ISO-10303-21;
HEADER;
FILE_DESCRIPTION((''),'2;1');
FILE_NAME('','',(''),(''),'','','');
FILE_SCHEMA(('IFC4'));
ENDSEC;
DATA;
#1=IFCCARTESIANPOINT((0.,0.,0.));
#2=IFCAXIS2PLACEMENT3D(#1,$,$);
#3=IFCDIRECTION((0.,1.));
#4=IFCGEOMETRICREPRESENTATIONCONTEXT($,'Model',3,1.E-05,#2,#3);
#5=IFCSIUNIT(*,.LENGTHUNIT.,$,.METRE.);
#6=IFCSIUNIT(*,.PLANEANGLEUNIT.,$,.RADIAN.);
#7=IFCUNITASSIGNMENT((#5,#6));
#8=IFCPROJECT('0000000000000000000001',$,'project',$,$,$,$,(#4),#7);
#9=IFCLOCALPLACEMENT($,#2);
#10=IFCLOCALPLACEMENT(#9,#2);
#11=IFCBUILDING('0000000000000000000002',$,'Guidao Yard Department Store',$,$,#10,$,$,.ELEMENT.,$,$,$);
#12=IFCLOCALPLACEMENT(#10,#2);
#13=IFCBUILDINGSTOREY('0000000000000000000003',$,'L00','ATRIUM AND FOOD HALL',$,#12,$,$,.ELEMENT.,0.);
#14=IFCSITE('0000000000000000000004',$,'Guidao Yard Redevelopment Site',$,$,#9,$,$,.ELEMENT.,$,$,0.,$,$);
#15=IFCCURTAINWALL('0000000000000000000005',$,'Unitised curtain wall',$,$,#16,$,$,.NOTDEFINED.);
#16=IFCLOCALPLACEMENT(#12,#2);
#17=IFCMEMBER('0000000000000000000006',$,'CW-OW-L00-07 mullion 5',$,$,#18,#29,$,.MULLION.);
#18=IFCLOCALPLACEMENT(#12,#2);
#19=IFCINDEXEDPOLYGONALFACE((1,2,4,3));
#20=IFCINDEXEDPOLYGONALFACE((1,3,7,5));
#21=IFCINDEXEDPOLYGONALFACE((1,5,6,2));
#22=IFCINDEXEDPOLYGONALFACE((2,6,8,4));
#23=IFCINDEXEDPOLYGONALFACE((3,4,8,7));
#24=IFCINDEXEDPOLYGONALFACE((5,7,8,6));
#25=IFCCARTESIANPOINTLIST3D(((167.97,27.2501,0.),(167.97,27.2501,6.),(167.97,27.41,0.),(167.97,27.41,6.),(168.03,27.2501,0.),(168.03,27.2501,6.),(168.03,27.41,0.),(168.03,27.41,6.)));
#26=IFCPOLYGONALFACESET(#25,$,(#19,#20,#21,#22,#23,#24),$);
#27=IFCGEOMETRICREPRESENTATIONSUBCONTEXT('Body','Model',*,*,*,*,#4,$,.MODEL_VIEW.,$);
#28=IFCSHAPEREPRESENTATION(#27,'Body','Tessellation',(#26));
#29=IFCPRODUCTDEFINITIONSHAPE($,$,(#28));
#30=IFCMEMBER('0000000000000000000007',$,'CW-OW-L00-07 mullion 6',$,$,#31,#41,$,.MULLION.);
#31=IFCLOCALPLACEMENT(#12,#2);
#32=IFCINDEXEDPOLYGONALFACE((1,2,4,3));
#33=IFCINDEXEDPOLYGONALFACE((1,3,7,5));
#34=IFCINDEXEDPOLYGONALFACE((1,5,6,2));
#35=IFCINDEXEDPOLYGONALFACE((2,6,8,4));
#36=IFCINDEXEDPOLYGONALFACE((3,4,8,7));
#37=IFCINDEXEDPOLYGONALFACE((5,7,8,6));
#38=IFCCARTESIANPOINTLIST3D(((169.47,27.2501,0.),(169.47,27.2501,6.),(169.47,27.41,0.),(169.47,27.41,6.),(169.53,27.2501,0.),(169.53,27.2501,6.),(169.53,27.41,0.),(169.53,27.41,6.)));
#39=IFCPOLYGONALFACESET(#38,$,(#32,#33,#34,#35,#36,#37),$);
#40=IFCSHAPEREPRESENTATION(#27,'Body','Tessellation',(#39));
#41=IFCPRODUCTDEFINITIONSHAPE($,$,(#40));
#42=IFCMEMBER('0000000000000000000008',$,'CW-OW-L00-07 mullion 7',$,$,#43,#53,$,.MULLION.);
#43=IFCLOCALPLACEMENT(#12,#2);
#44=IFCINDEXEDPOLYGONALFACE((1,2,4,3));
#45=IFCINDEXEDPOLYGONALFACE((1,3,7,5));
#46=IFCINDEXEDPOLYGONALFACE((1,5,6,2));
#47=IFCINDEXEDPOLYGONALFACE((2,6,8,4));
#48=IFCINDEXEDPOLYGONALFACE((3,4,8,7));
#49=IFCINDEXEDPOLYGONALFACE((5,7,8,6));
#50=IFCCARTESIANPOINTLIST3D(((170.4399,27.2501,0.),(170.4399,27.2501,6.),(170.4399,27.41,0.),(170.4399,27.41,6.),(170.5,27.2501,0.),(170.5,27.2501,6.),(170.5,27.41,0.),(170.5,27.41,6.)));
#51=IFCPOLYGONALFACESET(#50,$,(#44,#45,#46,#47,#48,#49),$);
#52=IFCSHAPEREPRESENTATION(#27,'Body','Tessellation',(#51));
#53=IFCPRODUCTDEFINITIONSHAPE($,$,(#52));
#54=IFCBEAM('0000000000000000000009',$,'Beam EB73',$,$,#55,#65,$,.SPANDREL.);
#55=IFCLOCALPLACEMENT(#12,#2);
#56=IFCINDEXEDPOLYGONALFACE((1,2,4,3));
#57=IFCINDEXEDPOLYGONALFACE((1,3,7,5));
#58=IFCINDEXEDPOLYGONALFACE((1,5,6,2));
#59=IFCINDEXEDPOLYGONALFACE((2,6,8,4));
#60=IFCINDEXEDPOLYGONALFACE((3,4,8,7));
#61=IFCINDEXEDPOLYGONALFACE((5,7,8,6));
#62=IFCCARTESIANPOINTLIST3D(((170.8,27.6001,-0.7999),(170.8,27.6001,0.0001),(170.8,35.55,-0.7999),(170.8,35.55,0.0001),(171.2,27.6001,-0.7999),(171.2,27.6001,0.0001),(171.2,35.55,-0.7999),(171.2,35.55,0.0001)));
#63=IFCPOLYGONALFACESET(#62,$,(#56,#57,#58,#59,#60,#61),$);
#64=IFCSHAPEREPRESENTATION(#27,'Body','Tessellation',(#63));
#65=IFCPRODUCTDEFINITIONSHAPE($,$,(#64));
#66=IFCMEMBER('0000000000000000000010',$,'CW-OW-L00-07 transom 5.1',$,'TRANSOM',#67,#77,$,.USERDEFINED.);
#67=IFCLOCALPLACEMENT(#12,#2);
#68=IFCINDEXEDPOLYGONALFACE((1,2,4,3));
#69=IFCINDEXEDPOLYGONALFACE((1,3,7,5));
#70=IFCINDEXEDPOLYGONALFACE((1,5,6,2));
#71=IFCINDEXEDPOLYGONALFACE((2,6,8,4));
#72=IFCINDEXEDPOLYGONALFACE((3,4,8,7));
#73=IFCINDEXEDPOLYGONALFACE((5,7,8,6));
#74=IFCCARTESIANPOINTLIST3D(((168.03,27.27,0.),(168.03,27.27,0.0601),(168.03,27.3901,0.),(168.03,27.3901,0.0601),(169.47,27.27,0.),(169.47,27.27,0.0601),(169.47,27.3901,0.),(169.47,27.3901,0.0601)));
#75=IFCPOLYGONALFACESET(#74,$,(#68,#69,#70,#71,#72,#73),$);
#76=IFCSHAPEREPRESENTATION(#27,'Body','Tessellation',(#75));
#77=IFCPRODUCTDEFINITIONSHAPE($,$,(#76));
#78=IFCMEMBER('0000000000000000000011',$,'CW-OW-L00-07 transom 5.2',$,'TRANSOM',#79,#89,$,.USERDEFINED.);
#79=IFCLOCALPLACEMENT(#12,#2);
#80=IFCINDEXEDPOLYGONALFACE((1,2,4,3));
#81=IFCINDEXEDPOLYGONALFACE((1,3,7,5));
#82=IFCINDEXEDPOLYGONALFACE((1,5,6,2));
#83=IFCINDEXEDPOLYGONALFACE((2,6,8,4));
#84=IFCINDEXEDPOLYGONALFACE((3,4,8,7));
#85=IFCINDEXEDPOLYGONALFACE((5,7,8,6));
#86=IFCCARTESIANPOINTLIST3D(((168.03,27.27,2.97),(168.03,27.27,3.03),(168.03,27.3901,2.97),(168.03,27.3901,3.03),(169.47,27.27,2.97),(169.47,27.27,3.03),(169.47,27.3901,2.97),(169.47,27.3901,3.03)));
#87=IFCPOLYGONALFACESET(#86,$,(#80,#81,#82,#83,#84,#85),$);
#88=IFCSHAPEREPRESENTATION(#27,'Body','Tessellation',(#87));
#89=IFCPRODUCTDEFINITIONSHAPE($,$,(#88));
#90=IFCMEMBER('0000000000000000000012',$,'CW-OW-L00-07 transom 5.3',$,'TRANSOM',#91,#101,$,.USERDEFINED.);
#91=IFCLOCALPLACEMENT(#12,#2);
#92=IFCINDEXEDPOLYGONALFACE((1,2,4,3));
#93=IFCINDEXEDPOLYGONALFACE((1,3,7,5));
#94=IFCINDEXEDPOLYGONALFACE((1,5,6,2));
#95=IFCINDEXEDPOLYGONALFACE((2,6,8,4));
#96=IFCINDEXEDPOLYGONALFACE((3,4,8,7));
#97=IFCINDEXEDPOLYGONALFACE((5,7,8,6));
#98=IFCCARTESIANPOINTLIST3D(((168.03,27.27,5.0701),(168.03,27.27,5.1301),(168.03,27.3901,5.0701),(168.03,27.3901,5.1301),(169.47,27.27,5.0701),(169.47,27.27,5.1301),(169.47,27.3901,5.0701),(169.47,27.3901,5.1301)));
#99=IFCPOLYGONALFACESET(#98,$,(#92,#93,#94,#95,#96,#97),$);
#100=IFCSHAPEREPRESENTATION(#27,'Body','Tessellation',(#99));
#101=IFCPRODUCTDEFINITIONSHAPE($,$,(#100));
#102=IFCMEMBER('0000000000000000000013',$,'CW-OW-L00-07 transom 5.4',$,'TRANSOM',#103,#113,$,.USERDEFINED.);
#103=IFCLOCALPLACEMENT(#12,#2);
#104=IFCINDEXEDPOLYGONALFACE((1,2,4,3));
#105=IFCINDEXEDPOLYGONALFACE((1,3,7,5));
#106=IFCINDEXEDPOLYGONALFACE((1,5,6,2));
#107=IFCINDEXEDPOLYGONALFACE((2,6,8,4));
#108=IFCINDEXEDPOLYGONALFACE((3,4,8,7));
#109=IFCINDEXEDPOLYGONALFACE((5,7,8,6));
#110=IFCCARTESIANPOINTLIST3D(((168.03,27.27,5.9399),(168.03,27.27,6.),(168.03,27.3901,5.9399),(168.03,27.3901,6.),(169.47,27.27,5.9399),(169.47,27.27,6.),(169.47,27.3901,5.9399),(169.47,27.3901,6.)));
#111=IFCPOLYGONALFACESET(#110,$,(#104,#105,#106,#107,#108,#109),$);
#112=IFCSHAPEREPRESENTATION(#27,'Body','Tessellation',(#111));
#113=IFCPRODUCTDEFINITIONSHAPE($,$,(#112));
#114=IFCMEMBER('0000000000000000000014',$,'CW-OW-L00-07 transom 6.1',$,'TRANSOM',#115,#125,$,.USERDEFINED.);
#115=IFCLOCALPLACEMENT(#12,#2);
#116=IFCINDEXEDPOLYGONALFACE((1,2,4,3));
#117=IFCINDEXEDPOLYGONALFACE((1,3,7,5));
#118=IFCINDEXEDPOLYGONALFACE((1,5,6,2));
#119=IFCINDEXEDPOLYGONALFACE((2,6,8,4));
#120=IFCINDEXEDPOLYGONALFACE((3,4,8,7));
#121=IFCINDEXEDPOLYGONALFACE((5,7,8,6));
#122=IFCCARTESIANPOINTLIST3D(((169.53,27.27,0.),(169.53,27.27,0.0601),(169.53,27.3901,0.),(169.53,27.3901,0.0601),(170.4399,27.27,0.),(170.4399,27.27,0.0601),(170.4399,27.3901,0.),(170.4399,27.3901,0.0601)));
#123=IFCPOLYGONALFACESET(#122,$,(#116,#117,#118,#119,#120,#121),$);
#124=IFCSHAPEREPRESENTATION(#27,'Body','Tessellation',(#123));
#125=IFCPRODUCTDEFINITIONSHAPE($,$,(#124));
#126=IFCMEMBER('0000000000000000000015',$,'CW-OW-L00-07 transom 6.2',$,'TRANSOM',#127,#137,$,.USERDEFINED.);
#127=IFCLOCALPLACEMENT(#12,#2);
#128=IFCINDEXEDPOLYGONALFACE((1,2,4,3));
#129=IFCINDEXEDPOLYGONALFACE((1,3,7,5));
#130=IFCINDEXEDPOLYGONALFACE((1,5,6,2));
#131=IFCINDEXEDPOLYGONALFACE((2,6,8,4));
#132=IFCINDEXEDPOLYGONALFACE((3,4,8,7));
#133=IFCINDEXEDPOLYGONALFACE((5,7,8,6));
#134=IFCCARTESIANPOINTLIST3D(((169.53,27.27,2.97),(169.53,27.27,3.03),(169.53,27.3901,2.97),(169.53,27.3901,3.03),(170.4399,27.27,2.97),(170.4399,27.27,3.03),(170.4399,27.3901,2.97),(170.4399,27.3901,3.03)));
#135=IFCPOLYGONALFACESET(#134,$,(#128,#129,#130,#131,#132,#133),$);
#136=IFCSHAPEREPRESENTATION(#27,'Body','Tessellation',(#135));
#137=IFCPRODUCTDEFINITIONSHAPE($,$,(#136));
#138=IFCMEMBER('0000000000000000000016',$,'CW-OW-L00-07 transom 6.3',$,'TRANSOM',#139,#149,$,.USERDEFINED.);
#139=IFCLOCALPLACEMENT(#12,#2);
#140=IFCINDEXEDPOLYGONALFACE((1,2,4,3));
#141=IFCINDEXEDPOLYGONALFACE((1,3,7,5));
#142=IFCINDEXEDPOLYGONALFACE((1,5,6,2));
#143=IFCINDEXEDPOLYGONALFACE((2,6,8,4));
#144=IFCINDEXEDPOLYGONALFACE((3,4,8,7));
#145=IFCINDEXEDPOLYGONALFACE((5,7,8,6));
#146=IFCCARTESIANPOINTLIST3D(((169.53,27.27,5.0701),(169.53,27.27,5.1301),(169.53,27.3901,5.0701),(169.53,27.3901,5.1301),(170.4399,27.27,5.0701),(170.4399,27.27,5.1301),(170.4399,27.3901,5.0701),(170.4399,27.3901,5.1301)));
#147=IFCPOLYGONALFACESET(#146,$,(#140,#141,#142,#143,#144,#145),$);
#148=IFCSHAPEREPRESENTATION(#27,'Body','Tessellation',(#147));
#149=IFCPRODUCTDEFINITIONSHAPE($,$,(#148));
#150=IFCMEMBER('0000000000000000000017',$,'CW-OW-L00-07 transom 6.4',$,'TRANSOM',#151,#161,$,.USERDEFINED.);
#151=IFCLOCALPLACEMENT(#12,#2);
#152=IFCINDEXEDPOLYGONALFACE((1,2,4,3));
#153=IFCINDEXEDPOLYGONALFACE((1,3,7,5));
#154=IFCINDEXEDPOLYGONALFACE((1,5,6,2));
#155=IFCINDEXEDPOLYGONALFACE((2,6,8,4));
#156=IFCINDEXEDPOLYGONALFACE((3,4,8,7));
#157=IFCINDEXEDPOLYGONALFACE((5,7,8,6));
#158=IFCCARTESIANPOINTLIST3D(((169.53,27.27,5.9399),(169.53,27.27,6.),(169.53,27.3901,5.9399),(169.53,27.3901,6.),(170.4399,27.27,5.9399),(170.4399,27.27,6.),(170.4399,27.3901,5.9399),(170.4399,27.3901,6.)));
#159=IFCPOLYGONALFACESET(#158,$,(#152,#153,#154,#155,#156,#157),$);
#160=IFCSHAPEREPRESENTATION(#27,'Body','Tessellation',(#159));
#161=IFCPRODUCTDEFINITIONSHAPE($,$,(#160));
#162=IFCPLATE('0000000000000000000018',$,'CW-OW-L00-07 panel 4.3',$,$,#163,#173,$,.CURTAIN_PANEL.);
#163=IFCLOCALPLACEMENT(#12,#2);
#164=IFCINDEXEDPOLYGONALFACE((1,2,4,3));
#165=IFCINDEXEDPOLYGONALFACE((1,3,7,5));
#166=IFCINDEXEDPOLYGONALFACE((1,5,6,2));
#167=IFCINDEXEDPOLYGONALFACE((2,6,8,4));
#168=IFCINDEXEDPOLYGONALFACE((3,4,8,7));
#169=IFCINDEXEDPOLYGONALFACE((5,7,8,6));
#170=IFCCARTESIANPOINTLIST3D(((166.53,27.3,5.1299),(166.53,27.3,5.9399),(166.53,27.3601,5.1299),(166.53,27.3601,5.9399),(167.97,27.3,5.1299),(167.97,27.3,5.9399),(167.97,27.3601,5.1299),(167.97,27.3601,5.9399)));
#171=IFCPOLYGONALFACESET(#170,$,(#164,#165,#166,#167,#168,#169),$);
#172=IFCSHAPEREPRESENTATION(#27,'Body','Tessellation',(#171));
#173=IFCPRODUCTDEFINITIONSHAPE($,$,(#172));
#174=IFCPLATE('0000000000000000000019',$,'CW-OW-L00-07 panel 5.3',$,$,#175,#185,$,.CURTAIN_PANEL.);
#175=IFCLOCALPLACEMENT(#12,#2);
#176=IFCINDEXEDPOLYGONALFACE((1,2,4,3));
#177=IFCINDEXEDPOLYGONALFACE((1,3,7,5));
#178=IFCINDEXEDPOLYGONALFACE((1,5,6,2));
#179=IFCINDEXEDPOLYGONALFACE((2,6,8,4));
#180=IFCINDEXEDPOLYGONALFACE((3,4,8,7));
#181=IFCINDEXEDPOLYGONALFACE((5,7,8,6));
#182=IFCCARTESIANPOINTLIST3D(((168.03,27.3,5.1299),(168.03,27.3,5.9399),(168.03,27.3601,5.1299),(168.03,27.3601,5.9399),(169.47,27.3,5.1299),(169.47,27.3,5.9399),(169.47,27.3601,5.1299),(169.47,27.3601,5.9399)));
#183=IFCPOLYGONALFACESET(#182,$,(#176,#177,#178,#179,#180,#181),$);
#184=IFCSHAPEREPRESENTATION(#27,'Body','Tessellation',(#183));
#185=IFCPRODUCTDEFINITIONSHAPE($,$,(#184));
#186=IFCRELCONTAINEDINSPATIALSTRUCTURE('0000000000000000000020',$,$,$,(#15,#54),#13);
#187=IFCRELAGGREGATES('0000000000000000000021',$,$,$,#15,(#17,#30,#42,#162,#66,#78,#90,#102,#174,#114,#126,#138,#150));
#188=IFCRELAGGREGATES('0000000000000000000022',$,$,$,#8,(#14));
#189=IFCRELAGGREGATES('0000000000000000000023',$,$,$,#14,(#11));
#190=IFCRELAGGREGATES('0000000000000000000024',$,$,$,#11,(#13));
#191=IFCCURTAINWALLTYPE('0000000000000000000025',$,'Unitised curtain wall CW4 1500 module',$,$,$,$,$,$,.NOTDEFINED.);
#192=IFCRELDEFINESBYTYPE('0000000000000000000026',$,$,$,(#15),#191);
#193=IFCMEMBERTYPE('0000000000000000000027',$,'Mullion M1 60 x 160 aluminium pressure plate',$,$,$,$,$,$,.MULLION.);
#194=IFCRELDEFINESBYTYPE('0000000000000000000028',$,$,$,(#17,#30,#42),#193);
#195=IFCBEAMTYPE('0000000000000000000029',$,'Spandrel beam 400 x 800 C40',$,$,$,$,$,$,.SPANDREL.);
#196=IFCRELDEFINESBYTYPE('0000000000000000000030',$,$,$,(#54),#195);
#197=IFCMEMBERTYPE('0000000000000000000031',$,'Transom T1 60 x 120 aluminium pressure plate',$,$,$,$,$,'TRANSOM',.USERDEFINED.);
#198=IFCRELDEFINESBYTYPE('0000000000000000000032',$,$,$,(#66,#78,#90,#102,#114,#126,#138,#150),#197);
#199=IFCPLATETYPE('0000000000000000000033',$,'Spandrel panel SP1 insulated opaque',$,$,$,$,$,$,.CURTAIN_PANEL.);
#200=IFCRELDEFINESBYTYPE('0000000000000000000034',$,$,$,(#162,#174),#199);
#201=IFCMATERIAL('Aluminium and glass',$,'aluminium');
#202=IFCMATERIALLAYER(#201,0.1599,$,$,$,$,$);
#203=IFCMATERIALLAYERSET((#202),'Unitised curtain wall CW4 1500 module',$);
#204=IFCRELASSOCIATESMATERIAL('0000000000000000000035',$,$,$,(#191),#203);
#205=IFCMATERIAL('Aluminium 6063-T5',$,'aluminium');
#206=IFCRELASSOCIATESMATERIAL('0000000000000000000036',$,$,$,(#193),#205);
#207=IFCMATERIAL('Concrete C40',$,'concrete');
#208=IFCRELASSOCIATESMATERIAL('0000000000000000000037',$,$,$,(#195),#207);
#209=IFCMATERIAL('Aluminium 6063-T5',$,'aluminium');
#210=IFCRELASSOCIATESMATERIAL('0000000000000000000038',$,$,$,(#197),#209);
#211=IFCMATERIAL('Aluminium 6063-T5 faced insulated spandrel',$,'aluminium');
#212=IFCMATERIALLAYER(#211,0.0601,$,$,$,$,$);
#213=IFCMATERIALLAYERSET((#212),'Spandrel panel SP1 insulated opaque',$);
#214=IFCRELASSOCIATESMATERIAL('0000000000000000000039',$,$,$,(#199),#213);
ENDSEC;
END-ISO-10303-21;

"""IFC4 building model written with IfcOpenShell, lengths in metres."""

from ifc_helpers import new_model, si_unit, direction, frame, origin, origin_2d, place, context, subcontext, project, spatial, rectangle, extrude, material, layer, layer_set, material_profile, profile_set, type_object, element, aggregate, save


model = new_model("IFC4")

# Units and contexts
model_context = context("Model", 3, precision=1e-05, world=origin(), true_north=direction((0.0, 1.0)))
body_context = subcontext(model_context, "Body", "Model", "MODEL_VIEW")
ifc_project = project(units=[si_unit("LENGTHUNIT", "METRE"), si_unit("PLANEANGLEUNIT", "RADIAN")], contexts=[model_context])

# Site, building, storey
site_placement = place(None, origin())
site = spatial("IfcSite", under=ifc_project, at=site_placement, Name="Guidao Yard Redevelopment Site", CompositionType="ELEMENT", RefElevation=0.0)
building_placement = place(site_placement, origin())
building = spatial("IfcBuilding", under=site, at=building_placement, Name="Guidao Yard Department Store", CompositionType="ELEMENT")
storey_placement = place(building_placement, origin())
storey = spatial("IfcBuildingStorey", under=building, at=storey_placement, Name="L00", Description="ATRIUM AND FOOD HALL", CompositionType="ELEMENT", Elevation=0.0)

# Curtain wall, members
ifc_material_1 = material(Name="Aluminium and glass", Category="aluminium")
ifc_layer_1 = layer(ifc_material_1, 0.1599)
ifc_layer_set_1 = layer_set([ifc_layer_1], Name="Unitised curtain wall CW4 1500 module")
curtain_wall_type = type_object("IfcCurtainWallType", Name="Unitised curtain wall CW4 1500 module", PredefinedType="NOTDEFINED", material=ifc_layer_set_1)
curtain_wall_placement = place(storey_placement, origin())
curtain_wall = element("IfcCurtainWall", 1, at=curtain_wall_placement, inside=storey, type_object=curtain_wall_type, Name="Unitised curtain wall", PredefinedType="NOTDEFINED")
ifc_material_2 = material(Name="Aluminium 6063-T5", Category="aluminium")
ifc_material_profile_1 = material_profile(ifc_material_2, rectangle(XDim=0.0601, YDim=0.1599, at=origin_2d()), Name="Mullion M1 60 x 160 aluminium pressure plate")
ifc_profile_set_1 = profile_set([ifc_material_profile_1], Name="Aluminium 6063-T5")
member_type_1 = type_object("IfcMemberType", Name="Mullion M1 60 x 160 aluminium pressure plate", PredefinedType="MULLION", material=ifc_profile_set_1)
member_1_placement = place(storey_placement, frame((168.0, 27.3301, 0.0), z_axis=(0.0, 0.0, 1.0), x_axis=(1.0, 0.0, 0.0)))
member_1 = element("IfcMember", 2, at=member_1_placement, type_object=member_type_1, Name="CW-OW-L00-07 mullion 5", PredefinedType="MULLION", context=body_context, shape_type="SweptSolid", body=[
    extrude(rectangle(XDim=0.0601, YDim=0.1599, at=origin_2d()), origin(), (0.0, 0.0, 1.0), 6.0),
])
member_2_placement = place(storey_placement, frame((169.5, 27.3301, 0.0), z_axis=(0.0, 0.0, 1.0), x_axis=(1.0, 0.0, 0.0)))
member_2 = element("IfcMember", 3, at=member_2_placement, type_object=member_type_1, Name="CW-OW-L00-07 mullion 6", PredefinedType="MULLION", context=body_context, shape_type="SweptSolid", body=[
    extrude(rectangle(XDim=0.0601, YDim=0.1599, at=origin_2d()), origin(), (0.0, 0.0, 1.0), 6.0),
])
member_3_placement = place(storey_placement, frame((170.47, 27.3301, 0.0), z_axis=(0.0, 0.0, 1.0), x_axis=(1.0, 0.0, 0.0)))
member_3 = element("IfcMember", 4, at=member_3_placement, type_object=member_type_1, Name="CW-OW-L00-07 mullion 7", PredefinedType="MULLION", context=body_context, shape_type="SweptSolid", body=[
    extrude(rectangle(XDim=0.0601, YDim=0.1599, at=origin_2d()), origin(), (0.0, 0.0, 1.0), 6.0),
])

# Beam
ifc_material_3 = material(Name="Concrete C40", Category="concrete")
ifc_material_profile_2 = material_profile(ifc_material_3, rectangle(XDim=0.3999, YDim=0.8, at=origin_2d()), Name="Spandrel beam 400 x 800 C40")
ifc_profile_set_2 = profile_set([ifc_material_profile_2], Name="Concrete C40")
beam_type = type_object("IfcBeamType", Name="Spandrel beam 400 x 800 C40", PredefinedType="SPANDREL", material=ifc_profile_set_2)
beam_placement = place(storey_placement, frame((171.0, 27.6001, -0.3999), z_axis=(0.0, 1.0, 0.0), x_axis=(-1.0, 0.0, 0.0)))
element("IfcBeam", 5, at=beam_placement, inside=storey, type_object=beam_type, Name="Beam EB73", PredefinedType="SPANDREL", context=body_context, shape_type="SweptSolid", body=[
    extrude(rectangle(XDim=0.3999, YDim=0.8, at=origin_2d()), origin(), (0.0, 0.0, 1.0), 7.95),
])

# Members
ifc_material_4 = material(Name="Aluminium 6063-T5", Category="aluminium")
ifc_material_profile_3 = material_profile(ifc_material_4, rectangle(XDim=0.1201, YDim=0.0601, at=origin_2d()), Name="Transom T1 60 x 120 aluminium pressure plate")
ifc_profile_set_3 = profile_set([ifc_material_profile_3], Name="Aluminium 6063-T5")
member_type_2 = type_object("IfcMemberType", Name="Transom T1 60 x 120 aluminium pressure plate", ElementType="TRANSOM", PredefinedType="USERDEFINED", material=ifc_profile_set_3)
member_4_placement = place(storey_placement, frame((168.03, 27.3301, 0.03), z_axis=(1.0, 0.0, 0.0), x_axis=(0.0, 1.0, 0.0)))
member_4 = element("IfcMember", 6, at=member_4_placement, type_object=member_type_2, Name="CW-OW-L00-07 transom 5.1", ObjectType="TRANSOM", PredefinedType="USERDEFINED", context=body_context, shape_type="SweptSolid", body=[
    extrude(rectangle(XDim=0.1201, YDim=0.0601, at=origin_2d()), origin(), (0.0, 0.0, 1.0), 1.4399),
])
member_5_placement = place(storey_placement, frame((168.03, 27.3301, 3.0), z_axis=(1.0, 0.0, 0.0), x_axis=(0.0, 1.0, 0.0)))
member_5 = element("IfcMember", 7, at=member_5_placement, type_object=member_type_2, Name="CW-OW-L00-07 transom 5.2", ObjectType="TRANSOM", PredefinedType="USERDEFINED", context=body_context, shape_type="SweptSolid", body=[
    extrude(rectangle(XDim=0.1201, YDim=0.0601, at=origin_2d()), origin(), (0.0, 0.0, 1.0), 1.4399),
])
member_6_placement = place(storey_placement, frame((168.03, 27.3301, 5.1001), z_axis=(1.0, 0.0, 0.0), x_axis=(0.0, 1.0, 0.0)))
member_6 = element("IfcMember", 8, at=member_6_placement, type_object=member_type_2, Name="CW-OW-L00-07 transom 5.3", ObjectType="TRANSOM", PredefinedType="USERDEFINED", context=body_context, shape_type="SweptSolid", body=[
    extrude(rectangle(XDim=0.1201, YDim=0.0601, at=origin_2d()), origin(), (0.0, 0.0, 1.0), 1.4399),
])
member_7_placement = place(storey_placement, frame((168.03, 27.3301, 5.97), z_axis=(1.0, 0.0, 0.0), x_axis=(0.0, 1.0, 0.0)))
member_7 = element("IfcMember", 9, at=member_7_placement, type_object=member_type_2, Name="CW-OW-L00-07 transom 5.4", ObjectType="TRANSOM", PredefinedType="USERDEFINED", context=body_context, shape_type="SweptSolid", body=[
    extrude(rectangle(XDim=0.1201, YDim=0.0601, at=origin_2d()), origin(), (0.0, 0.0, 1.0), 1.4399),
])
member_8_placement = place(storey_placement, frame((169.53, 27.3301, 0.03), z_axis=(1.0, 0.0, 0.0), x_axis=(0.0, 1.0, 0.0)))
member_8 = element("IfcMember", 10, at=member_8_placement, type_object=member_type_2, Name="CW-OW-L00-07 transom 6.1", ObjectType="TRANSOM", PredefinedType="USERDEFINED", context=body_context, shape_type="SweptSolid", body=[
    extrude(rectangle(XDim=0.1201, YDim=0.0601, at=origin_2d()), origin(), (0.0, 0.0, 1.0), 0.9099),
])
member_9_placement = place(storey_placement, frame((169.53, 27.3301, 3.0), z_axis=(1.0, 0.0, 0.0), x_axis=(0.0, 1.0, 0.0)))
member_9 = element("IfcMember", 11, at=member_9_placement, type_object=member_type_2, Name="CW-OW-L00-07 transom 6.2", ObjectType="TRANSOM", PredefinedType="USERDEFINED", context=body_context, shape_type="SweptSolid", body=[
    extrude(rectangle(XDim=0.1201, YDim=0.0601, at=origin_2d()), origin(), (0.0, 0.0, 1.0), 0.9099),
])
member_10_placement = place(storey_placement, frame((169.53, 27.3301, 5.1001), z_axis=(1.0, 0.0, 0.0), x_axis=(0.0, 1.0, 0.0)))
member_10 = element("IfcMember", 12, at=member_10_placement, type_object=member_type_2, Name="CW-OW-L00-07 transom 6.3", ObjectType="TRANSOM", PredefinedType="USERDEFINED", context=body_context, shape_type="SweptSolid", body=[
    extrude(rectangle(XDim=0.1201, YDim=0.0601, at=origin_2d()), origin(), (0.0, 0.0, 1.0), 0.9099),
])
member_11_placement = place(storey_placement, frame((169.53, 27.3301, 5.97), z_axis=(1.0, 0.0, 0.0), x_axis=(0.0, 1.0, 0.0)))
member_11 = element("IfcMember", 13, at=member_11_placement, type_object=member_type_2, Name="CW-OW-L00-07 transom 6.4", ObjectType="TRANSOM", PredefinedType="USERDEFINED", context=body_context, shape_type="SweptSolid", body=[
    extrude(rectangle(XDim=0.1201, YDim=0.0601, at=origin_2d()), origin(), (0.0, 0.0, 1.0), 0.9099),
])

# Plates
ifc_material_5 = material(Name="Aluminium 6063-T5 faced insulated spandrel", Category="aluminium")
ifc_layer_2 = layer(ifc_material_5, 0.0601)
ifc_layer_set_2 = layer_set([ifc_layer_2], Name="Spandrel panel SP1 insulated opaque")
plate_type_1 = type_object("IfcPlateType", Name="Spandrel panel SP1 insulated opaque", PredefinedType="CURTAIN_PANEL", material=ifc_layer_set_2)
plate_1_placement = place(storey_placement, frame((167.25, 27.3301, 5.1299), z_axis=(0.0, 0.0, 1.0), x_axis=(1.0, 0.0, 0.0)))
plate_1 = element("IfcPlate", 14, at=plate_1_placement, type_object=plate_type_1, Name="CW-OW-L00-07 panel 4.3", PredefinedType="CURTAIN_PANEL", context=body_context, shape_type="SweptSolid", body=[
    extrude(rectangle(XDim=1.4399, YDim=0.0601, at=origin_2d()), origin(), (0.0, 0.0, 1.0), 0.8101),
])
plate_2_placement = place(storey_placement, frame((168.75, 27.3301, 5.1299), z_axis=(0.0, 0.0, 1.0), x_axis=(1.0, 0.0, 0.0)))
plate_2 = element("IfcPlate", 15, at=plate_2_placement, type_object=plate_type_1, Name="CW-OW-L00-07 panel 5.3", PredefinedType="CURTAIN_PANEL", context=body_context, shape_type="SweptSolid", body=[
    extrude(rectangle(XDim=1.4399, YDim=0.0601, at=origin_2d()), origin(), (0.0, 0.0, 1.0), 0.8101),
])
aggregate(curtain_wall, [member_1, member_2, member_3, plate_1, member_4, member_5, member_6, member_7, plate_2, member_8, member_9, member_10, member_11])

save(model, "model.ifc")
